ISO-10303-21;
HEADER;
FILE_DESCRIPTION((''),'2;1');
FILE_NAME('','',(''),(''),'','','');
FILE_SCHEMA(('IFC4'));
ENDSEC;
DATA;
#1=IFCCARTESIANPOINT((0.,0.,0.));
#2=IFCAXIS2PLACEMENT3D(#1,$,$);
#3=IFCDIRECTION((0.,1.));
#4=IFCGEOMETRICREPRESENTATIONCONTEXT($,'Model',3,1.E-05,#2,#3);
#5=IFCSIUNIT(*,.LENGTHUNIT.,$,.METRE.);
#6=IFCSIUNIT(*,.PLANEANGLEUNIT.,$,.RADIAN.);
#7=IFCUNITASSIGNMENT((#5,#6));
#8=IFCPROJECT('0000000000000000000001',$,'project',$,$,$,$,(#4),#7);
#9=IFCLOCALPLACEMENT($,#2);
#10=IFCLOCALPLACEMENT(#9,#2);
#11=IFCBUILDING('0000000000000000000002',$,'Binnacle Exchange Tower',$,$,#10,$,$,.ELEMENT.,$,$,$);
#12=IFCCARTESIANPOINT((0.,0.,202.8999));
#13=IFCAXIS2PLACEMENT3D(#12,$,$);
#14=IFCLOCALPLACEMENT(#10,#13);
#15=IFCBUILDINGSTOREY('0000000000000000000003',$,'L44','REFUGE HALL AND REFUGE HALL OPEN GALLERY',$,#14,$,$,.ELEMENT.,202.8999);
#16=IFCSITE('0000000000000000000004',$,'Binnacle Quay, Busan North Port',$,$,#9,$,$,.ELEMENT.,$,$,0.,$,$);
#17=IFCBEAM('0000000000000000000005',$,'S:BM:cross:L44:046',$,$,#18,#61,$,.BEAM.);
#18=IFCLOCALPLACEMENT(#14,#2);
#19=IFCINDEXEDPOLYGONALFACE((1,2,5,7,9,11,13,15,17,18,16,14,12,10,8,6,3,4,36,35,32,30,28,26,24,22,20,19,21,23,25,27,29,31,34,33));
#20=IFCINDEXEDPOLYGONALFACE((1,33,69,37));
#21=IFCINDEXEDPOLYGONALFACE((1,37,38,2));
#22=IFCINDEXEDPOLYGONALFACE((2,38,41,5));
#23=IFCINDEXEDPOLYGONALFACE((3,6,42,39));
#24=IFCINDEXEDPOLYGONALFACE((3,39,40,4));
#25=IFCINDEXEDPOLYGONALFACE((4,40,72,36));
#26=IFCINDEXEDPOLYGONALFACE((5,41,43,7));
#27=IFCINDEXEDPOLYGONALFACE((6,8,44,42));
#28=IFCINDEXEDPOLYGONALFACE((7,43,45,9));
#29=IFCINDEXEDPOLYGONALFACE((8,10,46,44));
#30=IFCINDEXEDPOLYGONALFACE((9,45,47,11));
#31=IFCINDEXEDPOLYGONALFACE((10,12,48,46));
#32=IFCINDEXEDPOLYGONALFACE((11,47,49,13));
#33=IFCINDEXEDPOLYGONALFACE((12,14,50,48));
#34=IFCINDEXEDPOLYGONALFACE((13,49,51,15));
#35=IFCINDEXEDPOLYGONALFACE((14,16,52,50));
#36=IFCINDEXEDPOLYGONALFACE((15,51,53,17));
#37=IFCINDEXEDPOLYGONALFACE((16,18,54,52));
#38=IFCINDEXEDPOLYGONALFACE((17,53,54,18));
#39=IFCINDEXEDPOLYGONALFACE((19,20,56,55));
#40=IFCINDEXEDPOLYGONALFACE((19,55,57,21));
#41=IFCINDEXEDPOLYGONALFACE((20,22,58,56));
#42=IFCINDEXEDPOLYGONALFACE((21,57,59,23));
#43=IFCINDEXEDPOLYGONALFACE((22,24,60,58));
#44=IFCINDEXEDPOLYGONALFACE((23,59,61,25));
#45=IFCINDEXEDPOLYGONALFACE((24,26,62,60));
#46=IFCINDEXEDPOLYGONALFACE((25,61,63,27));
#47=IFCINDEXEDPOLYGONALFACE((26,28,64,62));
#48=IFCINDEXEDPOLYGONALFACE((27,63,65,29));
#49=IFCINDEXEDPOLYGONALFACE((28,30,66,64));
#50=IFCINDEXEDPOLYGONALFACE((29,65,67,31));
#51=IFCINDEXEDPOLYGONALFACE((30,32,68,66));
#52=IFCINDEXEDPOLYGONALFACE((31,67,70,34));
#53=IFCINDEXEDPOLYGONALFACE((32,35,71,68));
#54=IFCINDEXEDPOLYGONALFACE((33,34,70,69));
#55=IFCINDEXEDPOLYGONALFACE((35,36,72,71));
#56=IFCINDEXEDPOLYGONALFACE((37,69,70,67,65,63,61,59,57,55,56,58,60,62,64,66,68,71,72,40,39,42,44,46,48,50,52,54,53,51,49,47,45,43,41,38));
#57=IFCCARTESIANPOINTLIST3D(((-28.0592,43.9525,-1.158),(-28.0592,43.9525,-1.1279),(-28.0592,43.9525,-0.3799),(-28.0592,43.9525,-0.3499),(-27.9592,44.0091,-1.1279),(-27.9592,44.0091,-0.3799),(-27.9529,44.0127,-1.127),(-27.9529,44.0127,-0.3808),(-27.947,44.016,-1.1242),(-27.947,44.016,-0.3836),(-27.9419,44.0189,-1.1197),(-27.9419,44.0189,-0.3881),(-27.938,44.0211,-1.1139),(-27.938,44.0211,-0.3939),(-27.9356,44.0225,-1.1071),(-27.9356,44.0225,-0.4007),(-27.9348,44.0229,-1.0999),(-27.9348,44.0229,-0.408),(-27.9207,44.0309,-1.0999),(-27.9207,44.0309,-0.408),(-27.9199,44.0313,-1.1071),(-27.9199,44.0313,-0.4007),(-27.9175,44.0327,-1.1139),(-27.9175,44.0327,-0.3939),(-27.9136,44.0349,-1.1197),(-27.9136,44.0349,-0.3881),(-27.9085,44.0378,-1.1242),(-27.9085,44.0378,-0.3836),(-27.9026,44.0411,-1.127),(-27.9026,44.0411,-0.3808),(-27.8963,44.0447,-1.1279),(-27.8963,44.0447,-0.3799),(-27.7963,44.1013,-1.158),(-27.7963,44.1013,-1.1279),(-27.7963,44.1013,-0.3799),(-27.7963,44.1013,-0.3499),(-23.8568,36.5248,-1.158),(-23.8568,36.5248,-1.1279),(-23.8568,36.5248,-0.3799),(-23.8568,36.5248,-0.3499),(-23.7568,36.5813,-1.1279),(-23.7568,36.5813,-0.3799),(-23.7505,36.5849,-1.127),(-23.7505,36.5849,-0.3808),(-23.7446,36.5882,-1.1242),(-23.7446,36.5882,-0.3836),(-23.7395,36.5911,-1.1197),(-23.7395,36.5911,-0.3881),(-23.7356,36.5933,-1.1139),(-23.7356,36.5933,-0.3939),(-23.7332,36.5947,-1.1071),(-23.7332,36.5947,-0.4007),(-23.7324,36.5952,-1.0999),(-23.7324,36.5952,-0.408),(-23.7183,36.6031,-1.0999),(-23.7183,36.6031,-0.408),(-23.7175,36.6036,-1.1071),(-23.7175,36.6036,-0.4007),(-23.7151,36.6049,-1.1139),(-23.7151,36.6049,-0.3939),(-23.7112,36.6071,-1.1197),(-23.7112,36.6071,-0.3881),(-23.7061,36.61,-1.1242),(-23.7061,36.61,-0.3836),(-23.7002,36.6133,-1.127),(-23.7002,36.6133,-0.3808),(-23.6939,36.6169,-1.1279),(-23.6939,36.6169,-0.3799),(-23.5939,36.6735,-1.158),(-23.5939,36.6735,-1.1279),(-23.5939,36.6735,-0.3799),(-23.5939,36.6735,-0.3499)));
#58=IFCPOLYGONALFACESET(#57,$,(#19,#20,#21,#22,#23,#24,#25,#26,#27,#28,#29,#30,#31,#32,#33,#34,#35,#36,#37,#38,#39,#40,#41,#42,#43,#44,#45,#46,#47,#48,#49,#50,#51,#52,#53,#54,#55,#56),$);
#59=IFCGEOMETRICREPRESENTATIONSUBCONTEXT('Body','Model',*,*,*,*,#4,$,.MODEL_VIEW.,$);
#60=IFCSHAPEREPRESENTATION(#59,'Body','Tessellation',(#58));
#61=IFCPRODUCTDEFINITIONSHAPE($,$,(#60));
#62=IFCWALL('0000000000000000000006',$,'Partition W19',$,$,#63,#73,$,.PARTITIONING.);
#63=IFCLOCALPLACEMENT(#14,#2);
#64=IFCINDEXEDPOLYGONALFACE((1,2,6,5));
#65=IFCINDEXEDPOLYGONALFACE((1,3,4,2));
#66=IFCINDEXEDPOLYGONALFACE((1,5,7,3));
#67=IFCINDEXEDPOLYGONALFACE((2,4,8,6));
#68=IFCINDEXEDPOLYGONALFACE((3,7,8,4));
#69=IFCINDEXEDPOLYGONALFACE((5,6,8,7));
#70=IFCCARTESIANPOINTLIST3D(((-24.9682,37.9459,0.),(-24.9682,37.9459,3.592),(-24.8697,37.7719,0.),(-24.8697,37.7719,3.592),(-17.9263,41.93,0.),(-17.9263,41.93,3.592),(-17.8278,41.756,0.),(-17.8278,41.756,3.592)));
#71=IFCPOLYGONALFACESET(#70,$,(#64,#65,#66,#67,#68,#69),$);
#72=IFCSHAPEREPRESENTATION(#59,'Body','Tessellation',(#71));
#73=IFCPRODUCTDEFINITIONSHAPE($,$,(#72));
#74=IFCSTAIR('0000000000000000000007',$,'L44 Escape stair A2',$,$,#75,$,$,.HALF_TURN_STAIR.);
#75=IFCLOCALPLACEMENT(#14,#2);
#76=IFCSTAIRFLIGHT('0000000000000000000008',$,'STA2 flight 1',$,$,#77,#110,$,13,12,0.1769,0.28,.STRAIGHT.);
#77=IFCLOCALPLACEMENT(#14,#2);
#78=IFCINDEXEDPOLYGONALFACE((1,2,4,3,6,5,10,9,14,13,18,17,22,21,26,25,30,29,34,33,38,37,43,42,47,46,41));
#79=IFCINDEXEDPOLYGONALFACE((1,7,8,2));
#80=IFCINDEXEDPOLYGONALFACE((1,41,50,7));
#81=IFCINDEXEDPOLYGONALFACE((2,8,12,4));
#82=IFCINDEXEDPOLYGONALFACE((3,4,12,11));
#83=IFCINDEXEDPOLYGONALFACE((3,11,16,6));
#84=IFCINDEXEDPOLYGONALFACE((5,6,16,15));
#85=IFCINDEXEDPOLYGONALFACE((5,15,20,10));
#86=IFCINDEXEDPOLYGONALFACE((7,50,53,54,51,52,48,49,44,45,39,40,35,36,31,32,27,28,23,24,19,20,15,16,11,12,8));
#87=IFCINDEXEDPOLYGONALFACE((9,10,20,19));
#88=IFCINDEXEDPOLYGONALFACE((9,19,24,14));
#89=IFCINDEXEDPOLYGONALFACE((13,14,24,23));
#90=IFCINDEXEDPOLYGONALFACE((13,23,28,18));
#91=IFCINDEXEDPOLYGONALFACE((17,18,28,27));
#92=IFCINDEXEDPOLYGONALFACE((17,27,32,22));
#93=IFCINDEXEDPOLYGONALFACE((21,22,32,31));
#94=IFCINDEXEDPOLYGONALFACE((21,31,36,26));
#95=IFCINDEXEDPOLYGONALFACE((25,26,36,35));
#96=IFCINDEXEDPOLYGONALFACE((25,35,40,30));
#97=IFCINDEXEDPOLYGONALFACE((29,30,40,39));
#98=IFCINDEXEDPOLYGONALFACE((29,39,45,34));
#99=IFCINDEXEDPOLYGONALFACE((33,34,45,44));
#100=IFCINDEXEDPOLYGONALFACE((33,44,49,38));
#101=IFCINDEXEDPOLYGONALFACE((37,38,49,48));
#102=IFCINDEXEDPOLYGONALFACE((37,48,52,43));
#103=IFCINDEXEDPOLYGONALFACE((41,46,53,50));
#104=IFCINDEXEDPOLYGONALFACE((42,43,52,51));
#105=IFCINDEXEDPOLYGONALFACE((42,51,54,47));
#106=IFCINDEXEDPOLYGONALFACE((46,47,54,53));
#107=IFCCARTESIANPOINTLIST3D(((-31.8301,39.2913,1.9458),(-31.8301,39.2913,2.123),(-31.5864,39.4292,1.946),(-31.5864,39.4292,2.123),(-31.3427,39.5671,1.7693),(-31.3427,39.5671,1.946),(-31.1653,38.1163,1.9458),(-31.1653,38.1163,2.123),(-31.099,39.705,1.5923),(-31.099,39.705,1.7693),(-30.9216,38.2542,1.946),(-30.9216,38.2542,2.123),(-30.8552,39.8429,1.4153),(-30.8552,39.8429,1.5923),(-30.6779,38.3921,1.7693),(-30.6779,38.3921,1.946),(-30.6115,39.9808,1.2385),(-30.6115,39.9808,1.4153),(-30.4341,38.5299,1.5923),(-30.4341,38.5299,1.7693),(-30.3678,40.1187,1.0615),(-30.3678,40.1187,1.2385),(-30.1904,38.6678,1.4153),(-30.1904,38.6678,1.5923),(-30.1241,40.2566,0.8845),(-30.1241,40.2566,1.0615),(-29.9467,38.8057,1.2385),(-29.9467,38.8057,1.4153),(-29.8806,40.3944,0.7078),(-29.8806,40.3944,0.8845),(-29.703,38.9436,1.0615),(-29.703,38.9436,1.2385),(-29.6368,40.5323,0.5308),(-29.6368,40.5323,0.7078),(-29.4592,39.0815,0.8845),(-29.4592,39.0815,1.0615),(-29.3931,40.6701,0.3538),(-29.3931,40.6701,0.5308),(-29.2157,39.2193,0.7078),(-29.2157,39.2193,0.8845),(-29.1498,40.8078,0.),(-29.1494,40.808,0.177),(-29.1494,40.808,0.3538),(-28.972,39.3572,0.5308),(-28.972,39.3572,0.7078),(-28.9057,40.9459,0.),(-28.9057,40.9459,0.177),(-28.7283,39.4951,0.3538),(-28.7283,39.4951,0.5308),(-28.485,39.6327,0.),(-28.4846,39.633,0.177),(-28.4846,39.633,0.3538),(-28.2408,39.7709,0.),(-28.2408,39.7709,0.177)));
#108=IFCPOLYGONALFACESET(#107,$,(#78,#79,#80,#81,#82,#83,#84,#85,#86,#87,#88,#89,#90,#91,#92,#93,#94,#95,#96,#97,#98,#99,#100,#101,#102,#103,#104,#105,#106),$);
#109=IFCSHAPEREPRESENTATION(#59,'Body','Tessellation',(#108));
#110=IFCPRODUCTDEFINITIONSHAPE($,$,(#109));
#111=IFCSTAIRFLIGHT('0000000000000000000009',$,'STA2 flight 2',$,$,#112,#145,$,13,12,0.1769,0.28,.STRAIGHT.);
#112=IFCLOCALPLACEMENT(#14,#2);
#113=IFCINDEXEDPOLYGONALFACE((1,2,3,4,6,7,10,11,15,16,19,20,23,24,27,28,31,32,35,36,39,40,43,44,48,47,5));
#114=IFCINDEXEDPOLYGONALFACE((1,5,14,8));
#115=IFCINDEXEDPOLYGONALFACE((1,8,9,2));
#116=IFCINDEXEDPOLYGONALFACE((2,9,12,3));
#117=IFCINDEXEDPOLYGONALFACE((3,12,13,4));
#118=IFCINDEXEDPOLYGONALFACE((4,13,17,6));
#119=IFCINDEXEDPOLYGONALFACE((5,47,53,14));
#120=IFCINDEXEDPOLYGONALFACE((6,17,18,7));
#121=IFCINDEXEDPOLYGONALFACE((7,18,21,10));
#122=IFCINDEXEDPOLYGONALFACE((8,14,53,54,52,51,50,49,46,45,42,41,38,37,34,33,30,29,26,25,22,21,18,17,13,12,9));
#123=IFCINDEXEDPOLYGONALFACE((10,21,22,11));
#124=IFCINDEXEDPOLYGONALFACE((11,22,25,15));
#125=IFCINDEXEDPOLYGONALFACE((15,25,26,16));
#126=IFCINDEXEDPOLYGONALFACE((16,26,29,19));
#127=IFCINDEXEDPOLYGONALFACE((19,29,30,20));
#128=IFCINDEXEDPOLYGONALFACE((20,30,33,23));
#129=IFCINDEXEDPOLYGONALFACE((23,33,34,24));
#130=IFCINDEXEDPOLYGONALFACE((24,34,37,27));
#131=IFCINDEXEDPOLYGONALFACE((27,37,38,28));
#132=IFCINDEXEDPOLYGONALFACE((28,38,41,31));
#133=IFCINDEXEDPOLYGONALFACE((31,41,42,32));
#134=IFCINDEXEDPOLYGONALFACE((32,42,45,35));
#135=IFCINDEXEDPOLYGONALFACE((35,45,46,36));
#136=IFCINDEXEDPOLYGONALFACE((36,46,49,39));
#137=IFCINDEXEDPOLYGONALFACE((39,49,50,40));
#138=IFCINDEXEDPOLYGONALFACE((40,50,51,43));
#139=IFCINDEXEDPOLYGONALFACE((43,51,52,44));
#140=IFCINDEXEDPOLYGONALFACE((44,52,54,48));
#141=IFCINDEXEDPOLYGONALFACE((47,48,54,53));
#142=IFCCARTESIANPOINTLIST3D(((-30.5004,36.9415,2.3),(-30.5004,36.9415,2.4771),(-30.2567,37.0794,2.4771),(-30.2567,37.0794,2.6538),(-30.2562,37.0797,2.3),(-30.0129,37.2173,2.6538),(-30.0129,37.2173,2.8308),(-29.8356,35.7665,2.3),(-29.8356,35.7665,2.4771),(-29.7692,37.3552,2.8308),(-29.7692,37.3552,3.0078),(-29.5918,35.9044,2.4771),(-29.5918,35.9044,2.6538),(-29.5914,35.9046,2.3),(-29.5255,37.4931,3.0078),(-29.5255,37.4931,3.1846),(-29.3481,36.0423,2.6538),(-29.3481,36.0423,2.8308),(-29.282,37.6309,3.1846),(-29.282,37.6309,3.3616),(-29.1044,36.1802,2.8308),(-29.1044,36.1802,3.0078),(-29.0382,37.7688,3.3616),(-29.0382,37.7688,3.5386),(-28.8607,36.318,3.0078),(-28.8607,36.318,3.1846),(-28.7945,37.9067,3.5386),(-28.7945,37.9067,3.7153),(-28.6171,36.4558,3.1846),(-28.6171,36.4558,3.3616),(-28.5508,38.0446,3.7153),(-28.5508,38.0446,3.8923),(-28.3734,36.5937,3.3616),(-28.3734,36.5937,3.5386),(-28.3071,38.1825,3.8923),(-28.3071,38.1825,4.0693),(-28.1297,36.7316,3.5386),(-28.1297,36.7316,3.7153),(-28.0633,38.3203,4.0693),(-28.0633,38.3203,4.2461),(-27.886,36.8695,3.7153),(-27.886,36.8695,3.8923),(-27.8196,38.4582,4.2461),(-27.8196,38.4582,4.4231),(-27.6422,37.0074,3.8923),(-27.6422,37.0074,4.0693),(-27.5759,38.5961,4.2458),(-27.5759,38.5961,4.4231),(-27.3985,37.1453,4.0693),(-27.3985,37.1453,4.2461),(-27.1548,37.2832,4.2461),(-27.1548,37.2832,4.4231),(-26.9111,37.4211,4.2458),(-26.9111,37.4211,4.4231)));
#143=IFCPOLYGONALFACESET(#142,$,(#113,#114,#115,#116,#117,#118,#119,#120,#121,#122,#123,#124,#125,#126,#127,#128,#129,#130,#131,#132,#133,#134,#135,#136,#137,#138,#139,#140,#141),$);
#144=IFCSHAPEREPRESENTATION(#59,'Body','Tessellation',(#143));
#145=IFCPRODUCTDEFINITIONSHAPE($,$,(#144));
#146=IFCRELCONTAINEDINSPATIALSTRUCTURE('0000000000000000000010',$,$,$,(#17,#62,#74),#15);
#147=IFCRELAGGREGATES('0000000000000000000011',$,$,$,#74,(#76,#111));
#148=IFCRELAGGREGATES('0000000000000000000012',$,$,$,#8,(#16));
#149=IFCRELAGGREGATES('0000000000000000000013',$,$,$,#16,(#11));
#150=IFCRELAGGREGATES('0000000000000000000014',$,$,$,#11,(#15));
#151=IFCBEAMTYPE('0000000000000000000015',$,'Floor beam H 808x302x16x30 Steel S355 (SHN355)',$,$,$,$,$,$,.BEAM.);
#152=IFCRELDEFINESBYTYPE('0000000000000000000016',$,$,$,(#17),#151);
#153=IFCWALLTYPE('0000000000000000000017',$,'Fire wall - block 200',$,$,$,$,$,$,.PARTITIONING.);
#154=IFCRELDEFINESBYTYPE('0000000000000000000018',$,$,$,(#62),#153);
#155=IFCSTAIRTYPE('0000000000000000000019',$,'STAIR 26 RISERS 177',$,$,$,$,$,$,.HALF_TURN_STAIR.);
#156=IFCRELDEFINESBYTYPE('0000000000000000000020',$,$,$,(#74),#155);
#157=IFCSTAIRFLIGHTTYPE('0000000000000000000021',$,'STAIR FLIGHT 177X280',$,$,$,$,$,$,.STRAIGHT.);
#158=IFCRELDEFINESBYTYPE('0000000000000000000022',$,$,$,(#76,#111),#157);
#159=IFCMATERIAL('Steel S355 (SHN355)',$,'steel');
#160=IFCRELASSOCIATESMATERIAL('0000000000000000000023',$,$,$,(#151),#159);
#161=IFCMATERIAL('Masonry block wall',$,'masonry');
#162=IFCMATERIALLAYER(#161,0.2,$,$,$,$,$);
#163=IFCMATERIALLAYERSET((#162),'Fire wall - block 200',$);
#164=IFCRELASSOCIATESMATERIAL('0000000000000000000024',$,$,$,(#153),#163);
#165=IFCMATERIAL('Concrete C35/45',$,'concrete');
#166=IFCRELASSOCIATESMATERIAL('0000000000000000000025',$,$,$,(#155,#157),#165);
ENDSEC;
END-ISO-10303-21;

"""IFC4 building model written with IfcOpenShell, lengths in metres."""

from ifc_helpers import new_model, si_unit, direction, frame, frame_2d, origin, origin_2d, place, context, subcontext, project, spatial, polyline, rectangle, i_section, outline, extrude, material, layer, layer_set, material_profile, profile_set, type_object, element, aggregate, save


model = new_model("IFC4")

# Units and contexts
model_context = context("Model", 3, precision=1e-05, world=origin(), true_north=direction((0.0, 1.0)))
body_context = subcontext(model_context, "Body", "Model", "MODEL_VIEW")
ifc_project = project(units=[si_unit("LENGTHUNIT", "METRE"), si_unit("PLANEANGLEUNIT", "RADIAN")], contexts=[model_context])

# Site, building, storey
site_placement = place(None, origin())
site = spatial("IfcSite", under=ifc_project, at=site_placement, Name="Binnacle Quay, Busan North Port", CompositionType="ELEMENT", RefElevation=0.0)
building_placement = place(site_placement, origin())
building = spatial("IfcBuilding", under=site, at=building_placement, Name="Binnacle Exchange Tower", CompositionType="ELEMENT")
storey_placement = place(building_placement, frame((0.0, 0.0, 202.8999)))
storey = spatial("IfcBuildingStorey", under=building, at=storey_placement, Name="L44", Description="REFUGE HALL AND REFUGE HALL OPEN GALLERY", CompositionType="ELEMENT", Elevation=202.8999)

# Beam
ifc_material_1 = material(Name="Steel S355 (SHN355)", Category="steel")
ifc_material_profile_1 = material_profile(ifc_material_1, i_section(OverallWidth=0.302, OverallDepth=0.8081, WebThickness=0.0161, FlangeThickness=0.03, FilletRadius=0.0281, at=origin_2d()), Name="H 808x302x16x30")
ifc_profile_set_1 = profile_set([ifc_material_profile_1], Name="Steel S355 (SHN355)")
beam_type_1 = type_object("IfcBeamType", Name="Floor beam H 808x302x16x30 Steel S355 (SHN355)", PredefinedType="BEAM", material=ifc_profile_set_1)
beam_1_placement = place(storey_placement, frame((-23.7253, 36.5991, -0.7539), z_axis=(-0.492422, 0.870357, 0.0), x_axis=(-0.870357, -0.492422, 0.0)))
element("IfcBeam", 1, at=beam_1_placement, inside=storey, type_object=beam_type_1, Name="S:BM:cross:L44:046", PredefinedType="BEAM", context=body_context, shape_type="SweptSolid", body=[
    extrude(i_section(OverallWidth=0.302, OverallDepth=0.8081, WebThickness=0.0161, FlangeThickness=0.03, FilletRadius=0.0281, at=origin_2d()), origin(), (0.0, 0.0, 1.0), 8.5342),
])

# Wall
ifc_material_2 = material(Name="Masonry block wall", Category="masonry")
ifc_layer = layer(ifc_material_2, 0.2)
ifc_layer_set = layer_set([ifc_layer], Name="Fire wall - block 200")
wall_type = type_object("IfcWallType", Name="Fire wall - block 200", PredefinedType="PARTITIONING", material=ifc_layer_set)
wall_placement = place(storey_placement, frame((-24.9189, 37.8589, 0.0), z_axis=(0.0, 0.0, 1.0), x_axis=(0.870358, 0.49242, 0.0)))
element("IfcWall", 2, at=wall_placement, inside=storey, type_object=wall_type, Name="Partition W19", PredefinedType="PARTITIONING", context=body_context, shape_type="SweptSolid", body=[
    extrude(rectangle(XDim=8.0908, YDim=0.2, at=frame_2d((4.0454, 0.0))), origin(), (0.0, 0.0, 1.0), 3.592),
])

# Stair, stair flights
ifc_material_3 = material(Name="Concrete C35/45", Category="concrete")
stair_type = type_object("IfcStairType", Name="STAIR 26 RISERS 177", PredefinedType="HALF_TURN_STAIR", material=ifc_material_3)
stair_placement = place(storey_placement, origin())
stair = element("IfcStair", 3, at=stair_placement, inside=storey, type_object=stair_type, Name="L44 Escape stair A2", PredefinedType="HALF_TURN_STAIR")
stair_flight_type = type_object("IfcStairFlightType", Name="STAIR FLIGHT 177X280", PredefinedType="STRAIGHT", material=ifc_material_3)
stair_flight_1_placement = place(storey_placement, frame((-28.5732, 40.3584, 0.0), z_axis=(0.0, 0.0, 1.0), x_axis=(-0.870356, -0.492424, 0.0)))
stair_flight_1 = element("IfcStairFlight", 4, at=stair_flight_1_placement, type_object=stair_flight_type, Name="STA2 flight 1", NumberOfRisers=13, NumberOfTreads=12, PredefinedType="STRAIGHT", RiserHeight=0.1769, TreadLength=0.28, context=body_context, shape_type="SweptSolid", body=[
    extrude(outline(polyline([(0.0, 0.0), (0.0, 0.177), (0.28, 0.177), (0.28, 0.3538), (0.5601, 0.3538), (0.5601, 0.5308), (0.8401, 0.5308), (0.8401, 0.7078), (1.1201, 0.7078), (1.1201, 0.8845), (1.3999, 0.8845), (1.3999, 1.0615), (1.6799, 1.0615), (1.6799, 1.2385), (1.96, 1.2385), (1.96, 1.4153), (2.24, 1.4153), (2.24, 1.5923), (2.52, 1.5923), (2.52, 1.7693), (2.8, 1.7693), (2.8, 1.946), (3.0801, 1.946), (3.0801, 2.123), (3.3601, 2.123), (3.3601, 2.3), (3.3601, 1.9458), (0.2805, 0.0), (0.0, 0.0)])), frame((0.0, 0.675, 0.0), z_axis=(0.0, -1.0, 0.0), x_axis=(1.0, 0.0, 0.0)), (0.0, 0.0, 1.0), 1.3501),
])
stair_flight_2_placement = place(storey_placement, frame((-30.168, 36.354, 2.3), z_axis=(0.0, 0.0, 1.0), x_axis=(0.870356, 0.492424, 0.0)))
stair_flight_2 = element("IfcStairFlight", 5, at=stair_flight_2_placement, type_object=stair_flight_type, Name="STA2 flight 2", NumberOfRisers=13, NumberOfTreads=12, PredefinedType="STRAIGHT", RiserHeight=0.1769, TreadLength=0.28, context=body_context, shape_type="SweptSolid", body=[
    extrude(outline(polyline([(0.0, 0.0), (0.0, 0.177), (0.28, 0.177), (0.28, 0.3538), (0.5601, 0.3538), (0.5601, 0.5308), (0.8401, 0.5308), (0.8401, 0.7078), (1.1201, 0.7078), (1.1201, 0.8845), (1.3999, 0.8845), (1.3999, 1.0615), (1.6799, 1.0615), (1.6799, 1.2385), (1.96, 1.2385), (1.96, 1.4153), (2.24, 1.4153), (2.24, 1.5923), (2.52, 1.5923), (2.52, 1.7693), (2.8, 1.7693), (2.8, 1.946), (3.0801, 1.946), (3.0801, 2.123), (3.3601, 2.123), (3.3601, 2.3), (3.3601, 1.9458), (0.2805, 0.0), (0.0, 0.0)])), frame((0.0, 0.675, 0.0), z_axis=(0.0, -1.0, 0.0), x_axis=(1.0, 0.0, 0.0)), (0.0, 0.0, 1.0), 1.3501),
])
aggregate(stair, [stair_flight_1, stair_flight_2])

save(model, "model.ifc")
